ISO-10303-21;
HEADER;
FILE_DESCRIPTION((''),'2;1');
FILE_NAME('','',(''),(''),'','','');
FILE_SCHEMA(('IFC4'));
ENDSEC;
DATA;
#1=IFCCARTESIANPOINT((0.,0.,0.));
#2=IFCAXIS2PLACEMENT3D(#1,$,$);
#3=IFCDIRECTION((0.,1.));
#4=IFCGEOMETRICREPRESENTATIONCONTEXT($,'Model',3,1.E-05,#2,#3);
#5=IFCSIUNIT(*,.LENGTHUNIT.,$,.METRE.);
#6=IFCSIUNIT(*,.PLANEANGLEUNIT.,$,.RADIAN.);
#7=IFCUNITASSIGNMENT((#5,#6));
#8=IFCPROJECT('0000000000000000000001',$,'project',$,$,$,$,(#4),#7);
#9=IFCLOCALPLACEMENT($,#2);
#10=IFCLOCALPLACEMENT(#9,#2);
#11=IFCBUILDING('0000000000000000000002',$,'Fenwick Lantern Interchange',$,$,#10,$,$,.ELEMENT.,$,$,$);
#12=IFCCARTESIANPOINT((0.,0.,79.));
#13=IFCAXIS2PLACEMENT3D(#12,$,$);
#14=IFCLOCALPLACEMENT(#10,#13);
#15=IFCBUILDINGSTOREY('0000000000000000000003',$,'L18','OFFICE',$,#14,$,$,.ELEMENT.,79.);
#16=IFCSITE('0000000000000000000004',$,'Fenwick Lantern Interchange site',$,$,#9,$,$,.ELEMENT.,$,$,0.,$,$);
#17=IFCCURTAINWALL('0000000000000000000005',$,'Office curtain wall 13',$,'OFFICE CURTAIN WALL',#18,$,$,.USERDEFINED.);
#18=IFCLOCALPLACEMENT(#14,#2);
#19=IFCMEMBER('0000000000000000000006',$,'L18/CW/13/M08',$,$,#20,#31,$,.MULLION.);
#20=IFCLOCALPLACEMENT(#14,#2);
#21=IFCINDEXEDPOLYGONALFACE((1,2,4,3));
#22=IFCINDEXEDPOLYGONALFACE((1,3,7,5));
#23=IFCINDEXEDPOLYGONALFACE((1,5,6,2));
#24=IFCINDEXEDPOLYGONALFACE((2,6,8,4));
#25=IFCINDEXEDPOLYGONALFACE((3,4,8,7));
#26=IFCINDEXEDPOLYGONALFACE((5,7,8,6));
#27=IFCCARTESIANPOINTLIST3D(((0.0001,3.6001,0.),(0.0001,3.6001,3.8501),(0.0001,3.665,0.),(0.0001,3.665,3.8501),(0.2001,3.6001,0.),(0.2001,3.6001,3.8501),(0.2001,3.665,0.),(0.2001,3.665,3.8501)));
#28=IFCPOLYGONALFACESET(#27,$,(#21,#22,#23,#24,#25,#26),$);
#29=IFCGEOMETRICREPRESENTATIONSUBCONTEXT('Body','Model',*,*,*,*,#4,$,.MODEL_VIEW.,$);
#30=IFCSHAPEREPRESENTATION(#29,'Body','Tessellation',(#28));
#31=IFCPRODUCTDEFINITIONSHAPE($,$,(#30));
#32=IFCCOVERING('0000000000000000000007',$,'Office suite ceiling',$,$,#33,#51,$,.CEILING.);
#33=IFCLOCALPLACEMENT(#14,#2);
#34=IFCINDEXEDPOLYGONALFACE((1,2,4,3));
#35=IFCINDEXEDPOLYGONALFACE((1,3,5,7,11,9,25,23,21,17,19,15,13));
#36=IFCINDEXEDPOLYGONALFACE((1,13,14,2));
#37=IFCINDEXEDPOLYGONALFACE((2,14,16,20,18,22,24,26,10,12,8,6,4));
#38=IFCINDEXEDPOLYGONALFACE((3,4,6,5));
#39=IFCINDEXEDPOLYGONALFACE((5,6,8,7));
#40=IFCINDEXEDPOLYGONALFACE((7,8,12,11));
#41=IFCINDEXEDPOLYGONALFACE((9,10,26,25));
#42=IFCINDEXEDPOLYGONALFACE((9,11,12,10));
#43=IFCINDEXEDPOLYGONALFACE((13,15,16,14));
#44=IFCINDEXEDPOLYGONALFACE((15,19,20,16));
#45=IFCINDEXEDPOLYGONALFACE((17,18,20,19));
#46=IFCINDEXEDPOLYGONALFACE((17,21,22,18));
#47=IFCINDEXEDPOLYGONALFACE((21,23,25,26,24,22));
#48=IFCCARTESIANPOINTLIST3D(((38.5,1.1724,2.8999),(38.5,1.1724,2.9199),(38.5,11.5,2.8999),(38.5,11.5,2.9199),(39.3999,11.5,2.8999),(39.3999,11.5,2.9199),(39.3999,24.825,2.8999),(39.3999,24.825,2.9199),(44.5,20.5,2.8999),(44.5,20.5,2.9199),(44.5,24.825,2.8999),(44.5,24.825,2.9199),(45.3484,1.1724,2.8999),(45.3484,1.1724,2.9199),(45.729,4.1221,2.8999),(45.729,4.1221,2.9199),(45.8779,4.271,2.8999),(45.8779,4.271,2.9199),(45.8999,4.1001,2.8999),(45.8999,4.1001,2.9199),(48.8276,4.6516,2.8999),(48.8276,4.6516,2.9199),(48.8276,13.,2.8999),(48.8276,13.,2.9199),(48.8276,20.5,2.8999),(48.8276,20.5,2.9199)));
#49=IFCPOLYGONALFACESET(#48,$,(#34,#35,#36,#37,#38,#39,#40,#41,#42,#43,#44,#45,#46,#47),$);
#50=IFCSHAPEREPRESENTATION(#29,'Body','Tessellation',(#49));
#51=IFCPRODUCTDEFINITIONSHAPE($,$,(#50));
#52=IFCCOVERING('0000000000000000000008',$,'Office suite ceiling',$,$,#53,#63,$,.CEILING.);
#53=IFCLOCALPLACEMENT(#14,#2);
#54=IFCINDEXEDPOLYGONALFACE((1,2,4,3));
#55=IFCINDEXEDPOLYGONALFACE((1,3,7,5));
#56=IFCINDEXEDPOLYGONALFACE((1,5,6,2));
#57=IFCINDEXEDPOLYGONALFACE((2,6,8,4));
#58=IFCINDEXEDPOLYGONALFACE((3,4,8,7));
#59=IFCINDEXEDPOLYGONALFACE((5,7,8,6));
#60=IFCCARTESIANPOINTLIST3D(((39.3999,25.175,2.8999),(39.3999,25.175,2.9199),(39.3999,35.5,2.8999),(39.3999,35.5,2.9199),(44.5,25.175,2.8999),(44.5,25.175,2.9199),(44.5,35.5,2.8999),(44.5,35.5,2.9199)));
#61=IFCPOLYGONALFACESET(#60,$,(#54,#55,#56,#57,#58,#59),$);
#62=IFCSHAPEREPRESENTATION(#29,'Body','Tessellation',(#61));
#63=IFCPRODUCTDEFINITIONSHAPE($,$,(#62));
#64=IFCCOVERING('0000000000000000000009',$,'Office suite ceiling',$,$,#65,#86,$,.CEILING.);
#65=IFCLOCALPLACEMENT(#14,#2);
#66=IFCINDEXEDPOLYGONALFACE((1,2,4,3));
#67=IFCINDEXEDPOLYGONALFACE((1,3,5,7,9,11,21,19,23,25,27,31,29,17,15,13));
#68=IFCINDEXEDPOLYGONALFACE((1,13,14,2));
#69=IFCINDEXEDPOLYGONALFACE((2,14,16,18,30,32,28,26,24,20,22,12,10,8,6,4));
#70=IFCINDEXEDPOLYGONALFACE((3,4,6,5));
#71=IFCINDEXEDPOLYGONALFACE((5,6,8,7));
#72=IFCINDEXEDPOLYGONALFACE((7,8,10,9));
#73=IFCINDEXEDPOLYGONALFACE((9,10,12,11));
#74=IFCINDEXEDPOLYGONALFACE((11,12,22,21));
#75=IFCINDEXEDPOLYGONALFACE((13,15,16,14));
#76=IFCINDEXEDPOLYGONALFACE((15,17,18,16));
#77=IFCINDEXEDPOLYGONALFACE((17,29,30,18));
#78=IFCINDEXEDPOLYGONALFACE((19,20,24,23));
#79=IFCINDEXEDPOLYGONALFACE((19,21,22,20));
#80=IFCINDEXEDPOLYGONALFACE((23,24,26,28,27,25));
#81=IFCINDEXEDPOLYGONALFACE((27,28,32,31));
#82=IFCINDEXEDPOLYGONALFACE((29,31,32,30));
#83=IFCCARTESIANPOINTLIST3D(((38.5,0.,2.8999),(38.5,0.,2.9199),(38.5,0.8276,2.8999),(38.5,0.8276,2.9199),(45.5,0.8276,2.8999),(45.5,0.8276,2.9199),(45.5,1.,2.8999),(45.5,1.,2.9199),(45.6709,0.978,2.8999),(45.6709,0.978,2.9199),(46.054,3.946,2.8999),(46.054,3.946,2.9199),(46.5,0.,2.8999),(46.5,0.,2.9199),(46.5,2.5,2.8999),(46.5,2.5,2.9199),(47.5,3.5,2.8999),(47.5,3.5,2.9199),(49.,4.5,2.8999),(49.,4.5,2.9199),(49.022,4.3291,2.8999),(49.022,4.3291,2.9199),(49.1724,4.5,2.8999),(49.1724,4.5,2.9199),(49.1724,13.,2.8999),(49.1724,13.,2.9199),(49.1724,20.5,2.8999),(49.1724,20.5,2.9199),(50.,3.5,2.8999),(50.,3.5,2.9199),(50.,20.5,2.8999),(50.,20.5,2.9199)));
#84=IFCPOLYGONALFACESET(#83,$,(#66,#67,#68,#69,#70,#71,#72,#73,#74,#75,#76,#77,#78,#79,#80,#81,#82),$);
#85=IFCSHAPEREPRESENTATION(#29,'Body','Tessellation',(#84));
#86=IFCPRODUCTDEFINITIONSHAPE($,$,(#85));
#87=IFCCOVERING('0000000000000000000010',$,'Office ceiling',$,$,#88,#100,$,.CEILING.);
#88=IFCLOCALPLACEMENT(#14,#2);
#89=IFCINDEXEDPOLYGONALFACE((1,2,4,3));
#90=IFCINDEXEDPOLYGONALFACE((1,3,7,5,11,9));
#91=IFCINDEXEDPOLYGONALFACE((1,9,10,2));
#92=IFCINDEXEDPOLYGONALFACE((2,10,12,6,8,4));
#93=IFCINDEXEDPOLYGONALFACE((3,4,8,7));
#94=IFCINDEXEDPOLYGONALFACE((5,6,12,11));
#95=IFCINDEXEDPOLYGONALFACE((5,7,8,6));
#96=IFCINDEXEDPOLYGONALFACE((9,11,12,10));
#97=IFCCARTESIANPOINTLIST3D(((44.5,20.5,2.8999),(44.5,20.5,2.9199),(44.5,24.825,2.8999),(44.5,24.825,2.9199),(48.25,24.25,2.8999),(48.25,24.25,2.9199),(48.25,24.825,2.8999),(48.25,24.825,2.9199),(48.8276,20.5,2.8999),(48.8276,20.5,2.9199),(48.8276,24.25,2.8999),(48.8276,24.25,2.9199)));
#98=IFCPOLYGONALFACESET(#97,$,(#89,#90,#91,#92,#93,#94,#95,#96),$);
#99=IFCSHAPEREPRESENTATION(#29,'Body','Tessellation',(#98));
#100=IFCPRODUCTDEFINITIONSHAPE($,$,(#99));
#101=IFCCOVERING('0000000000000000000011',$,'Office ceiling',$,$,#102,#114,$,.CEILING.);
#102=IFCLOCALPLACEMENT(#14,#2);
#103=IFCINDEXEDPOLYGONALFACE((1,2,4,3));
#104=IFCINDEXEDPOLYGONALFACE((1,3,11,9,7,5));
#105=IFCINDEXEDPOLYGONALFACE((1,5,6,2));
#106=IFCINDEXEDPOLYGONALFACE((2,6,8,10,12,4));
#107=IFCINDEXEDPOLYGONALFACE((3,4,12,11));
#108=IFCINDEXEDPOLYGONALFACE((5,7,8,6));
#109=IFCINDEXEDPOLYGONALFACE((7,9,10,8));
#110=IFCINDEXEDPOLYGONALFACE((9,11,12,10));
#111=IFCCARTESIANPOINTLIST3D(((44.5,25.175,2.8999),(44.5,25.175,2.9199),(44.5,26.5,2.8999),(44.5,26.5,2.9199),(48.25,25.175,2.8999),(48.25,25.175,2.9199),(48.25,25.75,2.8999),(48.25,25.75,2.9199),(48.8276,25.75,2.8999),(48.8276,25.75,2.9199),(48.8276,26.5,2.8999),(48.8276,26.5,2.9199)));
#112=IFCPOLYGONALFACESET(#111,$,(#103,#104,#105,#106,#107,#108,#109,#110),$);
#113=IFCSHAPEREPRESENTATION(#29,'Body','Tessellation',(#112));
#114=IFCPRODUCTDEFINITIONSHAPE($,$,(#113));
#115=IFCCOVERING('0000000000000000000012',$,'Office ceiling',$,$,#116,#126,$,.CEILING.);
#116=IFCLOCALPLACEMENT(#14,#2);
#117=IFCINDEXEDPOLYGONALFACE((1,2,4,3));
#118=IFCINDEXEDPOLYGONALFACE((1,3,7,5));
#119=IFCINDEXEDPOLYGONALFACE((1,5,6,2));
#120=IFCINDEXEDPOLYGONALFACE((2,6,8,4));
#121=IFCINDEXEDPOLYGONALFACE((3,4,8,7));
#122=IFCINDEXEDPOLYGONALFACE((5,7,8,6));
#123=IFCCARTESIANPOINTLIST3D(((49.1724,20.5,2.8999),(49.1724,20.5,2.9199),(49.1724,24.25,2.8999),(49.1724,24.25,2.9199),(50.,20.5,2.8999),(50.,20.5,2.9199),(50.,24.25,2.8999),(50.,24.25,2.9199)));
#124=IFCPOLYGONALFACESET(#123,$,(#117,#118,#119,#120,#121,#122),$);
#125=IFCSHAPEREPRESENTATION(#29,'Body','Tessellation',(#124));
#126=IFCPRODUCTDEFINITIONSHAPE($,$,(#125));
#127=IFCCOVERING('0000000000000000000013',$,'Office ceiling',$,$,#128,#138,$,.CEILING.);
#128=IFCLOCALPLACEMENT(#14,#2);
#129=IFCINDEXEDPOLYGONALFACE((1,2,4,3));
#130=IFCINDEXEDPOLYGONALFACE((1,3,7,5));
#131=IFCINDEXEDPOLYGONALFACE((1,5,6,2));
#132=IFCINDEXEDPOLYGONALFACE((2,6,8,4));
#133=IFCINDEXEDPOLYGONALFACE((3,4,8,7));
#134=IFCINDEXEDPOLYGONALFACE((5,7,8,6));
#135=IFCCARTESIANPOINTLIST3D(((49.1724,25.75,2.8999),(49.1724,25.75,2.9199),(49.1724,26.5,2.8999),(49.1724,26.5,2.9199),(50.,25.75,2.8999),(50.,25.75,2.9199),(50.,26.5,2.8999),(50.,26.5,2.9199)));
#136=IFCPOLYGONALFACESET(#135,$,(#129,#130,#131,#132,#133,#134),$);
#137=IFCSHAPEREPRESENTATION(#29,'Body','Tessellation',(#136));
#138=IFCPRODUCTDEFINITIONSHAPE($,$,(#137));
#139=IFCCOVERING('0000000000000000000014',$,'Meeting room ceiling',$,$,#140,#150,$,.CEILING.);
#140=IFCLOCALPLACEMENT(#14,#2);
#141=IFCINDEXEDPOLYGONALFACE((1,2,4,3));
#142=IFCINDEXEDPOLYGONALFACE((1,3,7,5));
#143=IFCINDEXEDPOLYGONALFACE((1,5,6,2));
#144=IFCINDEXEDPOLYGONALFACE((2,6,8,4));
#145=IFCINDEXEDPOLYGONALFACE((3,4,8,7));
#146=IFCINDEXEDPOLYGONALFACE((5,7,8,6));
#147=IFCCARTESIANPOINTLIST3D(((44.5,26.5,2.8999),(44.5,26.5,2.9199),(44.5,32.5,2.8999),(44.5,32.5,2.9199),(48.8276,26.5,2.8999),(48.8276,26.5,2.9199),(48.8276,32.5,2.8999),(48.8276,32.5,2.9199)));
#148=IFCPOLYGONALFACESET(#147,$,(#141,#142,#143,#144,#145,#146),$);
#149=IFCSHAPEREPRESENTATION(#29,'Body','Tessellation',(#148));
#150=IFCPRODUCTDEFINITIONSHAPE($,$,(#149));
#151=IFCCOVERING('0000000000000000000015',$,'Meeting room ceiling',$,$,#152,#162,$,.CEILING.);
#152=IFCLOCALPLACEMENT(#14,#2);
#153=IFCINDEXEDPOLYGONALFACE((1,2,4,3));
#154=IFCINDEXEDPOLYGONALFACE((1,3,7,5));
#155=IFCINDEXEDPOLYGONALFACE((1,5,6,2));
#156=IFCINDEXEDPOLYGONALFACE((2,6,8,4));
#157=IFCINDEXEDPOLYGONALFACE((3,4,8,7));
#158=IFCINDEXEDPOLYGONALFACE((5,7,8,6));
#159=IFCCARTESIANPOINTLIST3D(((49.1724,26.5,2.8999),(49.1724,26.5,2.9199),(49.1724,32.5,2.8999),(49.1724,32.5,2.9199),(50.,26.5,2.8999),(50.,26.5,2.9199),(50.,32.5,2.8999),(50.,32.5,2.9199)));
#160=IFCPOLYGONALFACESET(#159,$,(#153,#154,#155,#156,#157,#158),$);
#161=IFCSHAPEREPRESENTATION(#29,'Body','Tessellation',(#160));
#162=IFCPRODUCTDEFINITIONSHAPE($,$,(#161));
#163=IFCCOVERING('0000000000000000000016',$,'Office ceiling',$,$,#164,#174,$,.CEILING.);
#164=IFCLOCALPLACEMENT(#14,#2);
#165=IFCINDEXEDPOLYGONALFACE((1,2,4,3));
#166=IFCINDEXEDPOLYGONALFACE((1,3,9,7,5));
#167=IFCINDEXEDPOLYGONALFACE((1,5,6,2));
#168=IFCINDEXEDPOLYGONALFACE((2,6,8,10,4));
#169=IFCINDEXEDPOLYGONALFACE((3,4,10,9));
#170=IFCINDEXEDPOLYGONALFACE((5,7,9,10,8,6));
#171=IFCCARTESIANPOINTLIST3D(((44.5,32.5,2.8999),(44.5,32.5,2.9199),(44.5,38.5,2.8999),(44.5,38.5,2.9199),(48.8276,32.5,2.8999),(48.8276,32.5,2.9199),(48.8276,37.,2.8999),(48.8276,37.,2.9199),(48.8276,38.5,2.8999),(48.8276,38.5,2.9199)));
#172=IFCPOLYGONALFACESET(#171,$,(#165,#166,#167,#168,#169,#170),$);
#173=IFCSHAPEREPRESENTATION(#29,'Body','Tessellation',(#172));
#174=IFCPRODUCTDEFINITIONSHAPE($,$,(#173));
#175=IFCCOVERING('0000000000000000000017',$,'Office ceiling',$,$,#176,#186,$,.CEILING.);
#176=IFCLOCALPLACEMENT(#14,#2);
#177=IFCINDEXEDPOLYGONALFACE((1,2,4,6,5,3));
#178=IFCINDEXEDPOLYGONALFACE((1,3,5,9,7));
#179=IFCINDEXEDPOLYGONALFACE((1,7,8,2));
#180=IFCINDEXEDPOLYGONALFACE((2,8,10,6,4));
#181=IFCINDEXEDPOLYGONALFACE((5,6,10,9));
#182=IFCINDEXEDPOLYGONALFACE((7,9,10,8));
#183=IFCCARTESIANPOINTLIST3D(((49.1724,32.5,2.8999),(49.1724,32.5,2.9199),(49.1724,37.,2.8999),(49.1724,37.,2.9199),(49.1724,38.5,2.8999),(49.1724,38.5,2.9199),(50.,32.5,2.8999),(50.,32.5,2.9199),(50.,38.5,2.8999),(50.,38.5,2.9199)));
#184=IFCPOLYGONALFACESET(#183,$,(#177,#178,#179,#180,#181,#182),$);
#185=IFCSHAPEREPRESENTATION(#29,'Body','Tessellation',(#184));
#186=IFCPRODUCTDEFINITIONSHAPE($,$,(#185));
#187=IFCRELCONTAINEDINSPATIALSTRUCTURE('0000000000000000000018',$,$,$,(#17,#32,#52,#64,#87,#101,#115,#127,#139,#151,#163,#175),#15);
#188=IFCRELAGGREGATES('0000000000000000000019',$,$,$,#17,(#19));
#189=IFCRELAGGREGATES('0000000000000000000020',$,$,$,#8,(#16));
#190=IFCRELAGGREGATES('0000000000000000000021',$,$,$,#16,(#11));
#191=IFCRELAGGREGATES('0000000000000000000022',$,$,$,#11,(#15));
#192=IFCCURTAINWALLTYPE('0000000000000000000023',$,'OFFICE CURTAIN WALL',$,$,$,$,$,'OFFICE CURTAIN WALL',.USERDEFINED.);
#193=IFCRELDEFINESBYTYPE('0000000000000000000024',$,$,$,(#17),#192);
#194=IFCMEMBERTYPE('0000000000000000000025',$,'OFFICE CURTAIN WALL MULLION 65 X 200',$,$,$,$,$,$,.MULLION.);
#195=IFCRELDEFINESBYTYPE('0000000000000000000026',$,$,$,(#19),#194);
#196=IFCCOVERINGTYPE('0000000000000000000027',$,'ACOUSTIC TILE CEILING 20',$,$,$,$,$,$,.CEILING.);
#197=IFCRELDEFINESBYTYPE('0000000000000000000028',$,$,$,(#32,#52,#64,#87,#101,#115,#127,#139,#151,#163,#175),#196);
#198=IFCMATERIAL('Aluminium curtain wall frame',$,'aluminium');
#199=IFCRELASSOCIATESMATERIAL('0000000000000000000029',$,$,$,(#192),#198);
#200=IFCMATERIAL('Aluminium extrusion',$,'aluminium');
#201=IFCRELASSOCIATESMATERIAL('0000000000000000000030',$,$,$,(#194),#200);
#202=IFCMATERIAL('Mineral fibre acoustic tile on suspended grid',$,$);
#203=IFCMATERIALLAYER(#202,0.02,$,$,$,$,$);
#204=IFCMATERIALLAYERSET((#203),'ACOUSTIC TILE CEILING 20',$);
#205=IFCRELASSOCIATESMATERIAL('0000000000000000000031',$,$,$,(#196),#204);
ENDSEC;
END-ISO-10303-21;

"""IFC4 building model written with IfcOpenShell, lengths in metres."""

from ifc_helpers import new_model, si_unit, direction, frame, origin, origin_2d, place, context, subcontext, project, spatial, polyline, rectangle, outline, extrude, material, layer, layer_set, material_profile, profile_set, type_object, element, aggregate, save


model = new_model("IFC4")

# Units and contexts
model_context = context("Model", 3, precision=1e-05, world=origin(), true_north=direction((0.0, 1.0)))
body_context = subcontext(model_context, "Body", "Model", "MODEL_VIEW")
ifc_project = project(units=[si_unit("LENGTHUNIT", "METRE"), si_unit("PLANEANGLEUNIT", "RADIAN")], contexts=[model_context])

# Site, building, storey
site_placement = place(None, origin())
site = spatial("IfcSite", under=ifc_project, at=site_placement, Name="Fenwick Lantern Interchange site", CompositionType="ELEMENT", RefElevation=0.0)
building_placement = place(site_placement, origin())
building = spatial("IfcBuilding", under=site, at=building_placement, Name="Fenwick Lantern Interchange", CompositionType="ELEMENT")
storey_placement = place(building_placement, frame((0.0, 0.0, 79.0)))
storey = spatial("IfcBuildingStorey", under=building, at=storey_placement, Name="L18", Description="OFFICE", CompositionType="ELEMENT", Elevation=79.0)

# Curtain wall, member
ifc_material_1 = material(Name="Aluminium curtain wall frame", Category="aluminium")
curtain_wall_type = type_object("IfcCurtainWallType", Name="OFFICE CURTAIN WALL", ElementType="OFFICE CURTAIN WALL", PredefinedType="USERDEFINED", material=ifc_material_1)
curtain_wall_placement = place(storey_placement, origin())
curtain_wall = element("IfcCurtainWall", 1, at=curtain_wall_placement, inside=storey, type_object=curtain_wall_type, Name="Office curtain wall 13", ObjectType="OFFICE CURTAIN WALL", PredefinedType="USERDEFINED")
ifc_material_2 = material(Name="Aluminium extrusion", Category="aluminium")
ifc_material_profile = material_profile(ifc_material_2, rectangle(XDim=0.2, YDim=0.0649, at=origin_2d()), Name="OFFICE CURTAIN WALL MULLION 65 X 200")
ifc_profile_set = profile_set([ifc_material_profile], Name="Aluminium extrusion")
member_type = type_object("IfcMemberType", Name="OFFICE CURTAIN WALL MULLION 65 X 200", PredefinedType="MULLION", material=ifc_profile_set)
member_placement = place(storey_placement, frame((0.1001, 3.6326, 0.0), z_axis=(0.0, 0.0, 1.0), x_axis=(1.0, 0.0, 0.0)))
member = element("IfcMember", 2, at=member_placement, type_object=member_type, Name="L18/CW/13/M08", PredefinedType="MULLION", context=body_context, shape_type="SweptSolid", body=[
    extrude(rectangle(XDim=0.2, YDim=0.0649, at=origin_2d()), origin(), (0.0, 0.0, 1.0), 3.8501),
])
aggregate(curtain_wall, [member])

# Coverings
ifc_material_3 = material(Name="Mineral fibre acoustic tile on suspended grid")
ifc_layer_1 = layer(ifc_material_3, 0.02)
ifc_layer_set_1 = layer_set([ifc_layer_1], Name="ACOUSTIC TILE CEILING 20")
covering_type_1 = type_object("IfcCoveringType", Name="ACOUSTIC TILE CEILING 20", PredefinedType="CEILING", material=ifc_layer_set_1)
covering_1_placement = place(storey_placement, frame((0.0, 0.0, 2.8999)))
element("IfcCovering", 3, at=covering_1_placement, inside=storey, type_object=covering_type_1, Name="Office suite ceiling", PredefinedType="CEILING", context=body_context, shape_type="SweptSolid", body=[
    extrude(outline(polyline([(38.5, 11.5), (38.5, 1.1724), (45.3484, 1.1724), (45.729, 4.1221), (45.8999, 4.1001), (45.8779, 4.271), (48.8276, 4.6516), (48.8276, 13.0), (48.8276, 20.5), (44.5, 20.5), (44.5, 24.825), (39.3999, 24.825), (39.3999, 11.5), (38.5, 11.5)])), origin(), (0.0, 0.0, 1.0), 0.02),
])
covering_2_placement = place(storey_placement, frame((0.0, 0.0, 2.8999)))
element("IfcCovering", 4, at=covering_2_placement, inside=storey, type_object=covering_type_1, Name="Office suite ceiling", PredefinedType="CEILING", context=body_context, shape_type="SweptSolid", body=[
    extrude(outline(polyline([(39.3999, 35.5), (39.3999, 25.175), (44.5, 25.175), (44.5, 35.5), (39.3999, 35.5)])), origin(), (0.0, 0.0, 1.0), 0.02),
])
covering_3_placement = place(storey_placement, frame((0.0, 0.0, 2.8999)))
element("IfcCovering", 5, at=covering_3_placement, inside=storey, type_object=covering_type_1, Name="Office suite ceiling", PredefinedType="CEILING", context=body_context, shape_type="SweptSolid", body=[
    extrude(outline(polyline([(50.0, 3.5), (50.0, 20.5), (49.1724, 20.5), (49.1724, 13.0), (49.1724, 4.5), (49.0, 4.5), (49.022, 4.3291), (46.054, 3.946), (45.6709, 0.978), (45.5, 1.0), (45.5, 0.8276), (38.5, 0.8276), (38.5, 0.0), (46.5, 0.0), (46.5, 2.5), (47.5, 3.5), (50.0, 3.5)])), origin(), (0.0, 0.0, 1.0), 0.02),
])
covering_4_placement = place(storey_placement, frame((0.0, 0.0, 2.8999)))
element("IfcCovering", 6, at=covering_4_placement, inside=storey, type_object=covering_type_1, Name="Office ceiling", PredefinedType="CEILING", context=body_context, shape_type="SweptSolid", body=[
    extrude(outline(polyline([(44.5, 20.5), (48.8276, 20.5), (48.8276, 24.25), (48.25, 24.25), (48.25, 24.825), (44.5, 24.825), (44.5, 20.5)])), origin(), (0.0, 0.0, 1.0), 0.02),
])
covering_5_placement = place(storey_placement, frame((0.0, 0.0, 2.8999)))
element("IfcCovering", 7, at=covering_5_placement, inside=storey, type_object=covering_type_1, Name="Office ceiling", PredefinedType="CEILING", context=body_context, shape_type="SweptSolid", body=[
    extrude(outline(polyline([(44.5, 26.5), (44.5, 25.175), (48.25, 25.175), (48.25, 25.75), (48.8276, 25.75), (48.8276, 26.5), (44.5, 26.5)])), origin(), (0.0, 0.0, 1.0), 0.02),
])
covering_6_placement = place(storey_placement, frame((0.0, 0.0, 2.8999)))
element("IfcCovering", 8, at=covering_6_placement, inside=storey, type_object=covering_type_1, Name="Office ceiling", PredefinedType="CEILING", context=body_context, shape_type="SweptSolid", body=[
    extrude(outline(polyline([(49.1724, 20.5), (50.0, 20.5), (50.0, 24.25), (49.1724, 24.25), (49.1724, 20.5)])), origin(), (0.0, 0.0, 1.0), 0.02),
])
covering_7_placement = place(storey_placement, frame((0.0, 0.0, 2.8999)))
element("IfcCovering", 9, at=covering_7_placement, inside=storey, type_object=covering_type_1, Name="Office ceiling", PredefinedType="CEILING", context=body_context, shape_type="SweptSolid", body=[
    extrude(outline(polyline([(50.0, 26.5), (49.1724, 26.5), (49.1724, 25.75), (50.0, 25.75), (50.0, 26.5)])), origin(), (0.0, 0.0, 1.0), 0.02),
])
covering_8_placement = place(storey_placement, frame((0.0, 0.0, 2.8999)))
element("IfcCovering", 10, at=covering_8_placement, inside=storey, type_object=covering_type_1, Name="Meeting room ceiling", PredefinedType="CEILING", context=body_context, shape_type="SweptSolid", body=[
    extrude(outline(polyline([(44.5, 26.5), (48.8276, 26.5), (48.8276, 32.5), (44.5, 32.5), (44.5, 26.5)])), origin(), (0.0, 0.0, 1.0), 0.02),
])
covering_9_placement = place(storey_placement, frame((0.0, 0.0, 2.8999)))
element("IfcCovering", 11, at=covering_9_placement, inside=storey, type_object=covering_type_1, Name="Meeting room ceiling", PredefinedType="CEILING", context=body_context, shape_type="SweptSolid", body=[
    extrude(outline(polyline([(50.0, 32.5), (49.1724, 32.5), (49.1724, 26.5), (50.0, 26.5), (50.0, 32.5)])), origin(), (0.0, 0.0, 1.0), 0.02),
])
covering_10_placement = place(storey_placement, frame((0.0, 0.0, 2.8999)))
element("IfcCovering", 12, at=covering_10_placement, inside=storey, type_object=covering_type_1, Name="Office ceiling", PredefinedType="CEILING", context=body_context, shape_type="SweptSolid", body=[
    extrude(outline(polyline([(44.5, 32.5), (48.8276, 32.5), (48.8276, 37.0), (48.8276, 38.5), (44.5, 38.5), (44.5, 32.5)])), origin(), (0.0, 0.0, 1.0), 0.02),
])
covering_11_placement = place(storey_placement, frame((0.0, 0.0, 2.8999)))
element("IfcCovering", 13, at=covering_11_placement, inside=storey, type_object=covering_type_1, Name="Office ceiling", PredefinedType="CEILING", context=body_context, shape_type="SweptSolid", body=[
    extrude(outline(polyline([(50.0, 38.5), (49.1724, 38.5), (49.1724, 37.0), (49.1724, 32.5), (50.0, 32.5), (50.0, 38.5)])), origin(), (0.0, 0.0, 1.0), 0.02),
])

save(model, "model.ifc")
